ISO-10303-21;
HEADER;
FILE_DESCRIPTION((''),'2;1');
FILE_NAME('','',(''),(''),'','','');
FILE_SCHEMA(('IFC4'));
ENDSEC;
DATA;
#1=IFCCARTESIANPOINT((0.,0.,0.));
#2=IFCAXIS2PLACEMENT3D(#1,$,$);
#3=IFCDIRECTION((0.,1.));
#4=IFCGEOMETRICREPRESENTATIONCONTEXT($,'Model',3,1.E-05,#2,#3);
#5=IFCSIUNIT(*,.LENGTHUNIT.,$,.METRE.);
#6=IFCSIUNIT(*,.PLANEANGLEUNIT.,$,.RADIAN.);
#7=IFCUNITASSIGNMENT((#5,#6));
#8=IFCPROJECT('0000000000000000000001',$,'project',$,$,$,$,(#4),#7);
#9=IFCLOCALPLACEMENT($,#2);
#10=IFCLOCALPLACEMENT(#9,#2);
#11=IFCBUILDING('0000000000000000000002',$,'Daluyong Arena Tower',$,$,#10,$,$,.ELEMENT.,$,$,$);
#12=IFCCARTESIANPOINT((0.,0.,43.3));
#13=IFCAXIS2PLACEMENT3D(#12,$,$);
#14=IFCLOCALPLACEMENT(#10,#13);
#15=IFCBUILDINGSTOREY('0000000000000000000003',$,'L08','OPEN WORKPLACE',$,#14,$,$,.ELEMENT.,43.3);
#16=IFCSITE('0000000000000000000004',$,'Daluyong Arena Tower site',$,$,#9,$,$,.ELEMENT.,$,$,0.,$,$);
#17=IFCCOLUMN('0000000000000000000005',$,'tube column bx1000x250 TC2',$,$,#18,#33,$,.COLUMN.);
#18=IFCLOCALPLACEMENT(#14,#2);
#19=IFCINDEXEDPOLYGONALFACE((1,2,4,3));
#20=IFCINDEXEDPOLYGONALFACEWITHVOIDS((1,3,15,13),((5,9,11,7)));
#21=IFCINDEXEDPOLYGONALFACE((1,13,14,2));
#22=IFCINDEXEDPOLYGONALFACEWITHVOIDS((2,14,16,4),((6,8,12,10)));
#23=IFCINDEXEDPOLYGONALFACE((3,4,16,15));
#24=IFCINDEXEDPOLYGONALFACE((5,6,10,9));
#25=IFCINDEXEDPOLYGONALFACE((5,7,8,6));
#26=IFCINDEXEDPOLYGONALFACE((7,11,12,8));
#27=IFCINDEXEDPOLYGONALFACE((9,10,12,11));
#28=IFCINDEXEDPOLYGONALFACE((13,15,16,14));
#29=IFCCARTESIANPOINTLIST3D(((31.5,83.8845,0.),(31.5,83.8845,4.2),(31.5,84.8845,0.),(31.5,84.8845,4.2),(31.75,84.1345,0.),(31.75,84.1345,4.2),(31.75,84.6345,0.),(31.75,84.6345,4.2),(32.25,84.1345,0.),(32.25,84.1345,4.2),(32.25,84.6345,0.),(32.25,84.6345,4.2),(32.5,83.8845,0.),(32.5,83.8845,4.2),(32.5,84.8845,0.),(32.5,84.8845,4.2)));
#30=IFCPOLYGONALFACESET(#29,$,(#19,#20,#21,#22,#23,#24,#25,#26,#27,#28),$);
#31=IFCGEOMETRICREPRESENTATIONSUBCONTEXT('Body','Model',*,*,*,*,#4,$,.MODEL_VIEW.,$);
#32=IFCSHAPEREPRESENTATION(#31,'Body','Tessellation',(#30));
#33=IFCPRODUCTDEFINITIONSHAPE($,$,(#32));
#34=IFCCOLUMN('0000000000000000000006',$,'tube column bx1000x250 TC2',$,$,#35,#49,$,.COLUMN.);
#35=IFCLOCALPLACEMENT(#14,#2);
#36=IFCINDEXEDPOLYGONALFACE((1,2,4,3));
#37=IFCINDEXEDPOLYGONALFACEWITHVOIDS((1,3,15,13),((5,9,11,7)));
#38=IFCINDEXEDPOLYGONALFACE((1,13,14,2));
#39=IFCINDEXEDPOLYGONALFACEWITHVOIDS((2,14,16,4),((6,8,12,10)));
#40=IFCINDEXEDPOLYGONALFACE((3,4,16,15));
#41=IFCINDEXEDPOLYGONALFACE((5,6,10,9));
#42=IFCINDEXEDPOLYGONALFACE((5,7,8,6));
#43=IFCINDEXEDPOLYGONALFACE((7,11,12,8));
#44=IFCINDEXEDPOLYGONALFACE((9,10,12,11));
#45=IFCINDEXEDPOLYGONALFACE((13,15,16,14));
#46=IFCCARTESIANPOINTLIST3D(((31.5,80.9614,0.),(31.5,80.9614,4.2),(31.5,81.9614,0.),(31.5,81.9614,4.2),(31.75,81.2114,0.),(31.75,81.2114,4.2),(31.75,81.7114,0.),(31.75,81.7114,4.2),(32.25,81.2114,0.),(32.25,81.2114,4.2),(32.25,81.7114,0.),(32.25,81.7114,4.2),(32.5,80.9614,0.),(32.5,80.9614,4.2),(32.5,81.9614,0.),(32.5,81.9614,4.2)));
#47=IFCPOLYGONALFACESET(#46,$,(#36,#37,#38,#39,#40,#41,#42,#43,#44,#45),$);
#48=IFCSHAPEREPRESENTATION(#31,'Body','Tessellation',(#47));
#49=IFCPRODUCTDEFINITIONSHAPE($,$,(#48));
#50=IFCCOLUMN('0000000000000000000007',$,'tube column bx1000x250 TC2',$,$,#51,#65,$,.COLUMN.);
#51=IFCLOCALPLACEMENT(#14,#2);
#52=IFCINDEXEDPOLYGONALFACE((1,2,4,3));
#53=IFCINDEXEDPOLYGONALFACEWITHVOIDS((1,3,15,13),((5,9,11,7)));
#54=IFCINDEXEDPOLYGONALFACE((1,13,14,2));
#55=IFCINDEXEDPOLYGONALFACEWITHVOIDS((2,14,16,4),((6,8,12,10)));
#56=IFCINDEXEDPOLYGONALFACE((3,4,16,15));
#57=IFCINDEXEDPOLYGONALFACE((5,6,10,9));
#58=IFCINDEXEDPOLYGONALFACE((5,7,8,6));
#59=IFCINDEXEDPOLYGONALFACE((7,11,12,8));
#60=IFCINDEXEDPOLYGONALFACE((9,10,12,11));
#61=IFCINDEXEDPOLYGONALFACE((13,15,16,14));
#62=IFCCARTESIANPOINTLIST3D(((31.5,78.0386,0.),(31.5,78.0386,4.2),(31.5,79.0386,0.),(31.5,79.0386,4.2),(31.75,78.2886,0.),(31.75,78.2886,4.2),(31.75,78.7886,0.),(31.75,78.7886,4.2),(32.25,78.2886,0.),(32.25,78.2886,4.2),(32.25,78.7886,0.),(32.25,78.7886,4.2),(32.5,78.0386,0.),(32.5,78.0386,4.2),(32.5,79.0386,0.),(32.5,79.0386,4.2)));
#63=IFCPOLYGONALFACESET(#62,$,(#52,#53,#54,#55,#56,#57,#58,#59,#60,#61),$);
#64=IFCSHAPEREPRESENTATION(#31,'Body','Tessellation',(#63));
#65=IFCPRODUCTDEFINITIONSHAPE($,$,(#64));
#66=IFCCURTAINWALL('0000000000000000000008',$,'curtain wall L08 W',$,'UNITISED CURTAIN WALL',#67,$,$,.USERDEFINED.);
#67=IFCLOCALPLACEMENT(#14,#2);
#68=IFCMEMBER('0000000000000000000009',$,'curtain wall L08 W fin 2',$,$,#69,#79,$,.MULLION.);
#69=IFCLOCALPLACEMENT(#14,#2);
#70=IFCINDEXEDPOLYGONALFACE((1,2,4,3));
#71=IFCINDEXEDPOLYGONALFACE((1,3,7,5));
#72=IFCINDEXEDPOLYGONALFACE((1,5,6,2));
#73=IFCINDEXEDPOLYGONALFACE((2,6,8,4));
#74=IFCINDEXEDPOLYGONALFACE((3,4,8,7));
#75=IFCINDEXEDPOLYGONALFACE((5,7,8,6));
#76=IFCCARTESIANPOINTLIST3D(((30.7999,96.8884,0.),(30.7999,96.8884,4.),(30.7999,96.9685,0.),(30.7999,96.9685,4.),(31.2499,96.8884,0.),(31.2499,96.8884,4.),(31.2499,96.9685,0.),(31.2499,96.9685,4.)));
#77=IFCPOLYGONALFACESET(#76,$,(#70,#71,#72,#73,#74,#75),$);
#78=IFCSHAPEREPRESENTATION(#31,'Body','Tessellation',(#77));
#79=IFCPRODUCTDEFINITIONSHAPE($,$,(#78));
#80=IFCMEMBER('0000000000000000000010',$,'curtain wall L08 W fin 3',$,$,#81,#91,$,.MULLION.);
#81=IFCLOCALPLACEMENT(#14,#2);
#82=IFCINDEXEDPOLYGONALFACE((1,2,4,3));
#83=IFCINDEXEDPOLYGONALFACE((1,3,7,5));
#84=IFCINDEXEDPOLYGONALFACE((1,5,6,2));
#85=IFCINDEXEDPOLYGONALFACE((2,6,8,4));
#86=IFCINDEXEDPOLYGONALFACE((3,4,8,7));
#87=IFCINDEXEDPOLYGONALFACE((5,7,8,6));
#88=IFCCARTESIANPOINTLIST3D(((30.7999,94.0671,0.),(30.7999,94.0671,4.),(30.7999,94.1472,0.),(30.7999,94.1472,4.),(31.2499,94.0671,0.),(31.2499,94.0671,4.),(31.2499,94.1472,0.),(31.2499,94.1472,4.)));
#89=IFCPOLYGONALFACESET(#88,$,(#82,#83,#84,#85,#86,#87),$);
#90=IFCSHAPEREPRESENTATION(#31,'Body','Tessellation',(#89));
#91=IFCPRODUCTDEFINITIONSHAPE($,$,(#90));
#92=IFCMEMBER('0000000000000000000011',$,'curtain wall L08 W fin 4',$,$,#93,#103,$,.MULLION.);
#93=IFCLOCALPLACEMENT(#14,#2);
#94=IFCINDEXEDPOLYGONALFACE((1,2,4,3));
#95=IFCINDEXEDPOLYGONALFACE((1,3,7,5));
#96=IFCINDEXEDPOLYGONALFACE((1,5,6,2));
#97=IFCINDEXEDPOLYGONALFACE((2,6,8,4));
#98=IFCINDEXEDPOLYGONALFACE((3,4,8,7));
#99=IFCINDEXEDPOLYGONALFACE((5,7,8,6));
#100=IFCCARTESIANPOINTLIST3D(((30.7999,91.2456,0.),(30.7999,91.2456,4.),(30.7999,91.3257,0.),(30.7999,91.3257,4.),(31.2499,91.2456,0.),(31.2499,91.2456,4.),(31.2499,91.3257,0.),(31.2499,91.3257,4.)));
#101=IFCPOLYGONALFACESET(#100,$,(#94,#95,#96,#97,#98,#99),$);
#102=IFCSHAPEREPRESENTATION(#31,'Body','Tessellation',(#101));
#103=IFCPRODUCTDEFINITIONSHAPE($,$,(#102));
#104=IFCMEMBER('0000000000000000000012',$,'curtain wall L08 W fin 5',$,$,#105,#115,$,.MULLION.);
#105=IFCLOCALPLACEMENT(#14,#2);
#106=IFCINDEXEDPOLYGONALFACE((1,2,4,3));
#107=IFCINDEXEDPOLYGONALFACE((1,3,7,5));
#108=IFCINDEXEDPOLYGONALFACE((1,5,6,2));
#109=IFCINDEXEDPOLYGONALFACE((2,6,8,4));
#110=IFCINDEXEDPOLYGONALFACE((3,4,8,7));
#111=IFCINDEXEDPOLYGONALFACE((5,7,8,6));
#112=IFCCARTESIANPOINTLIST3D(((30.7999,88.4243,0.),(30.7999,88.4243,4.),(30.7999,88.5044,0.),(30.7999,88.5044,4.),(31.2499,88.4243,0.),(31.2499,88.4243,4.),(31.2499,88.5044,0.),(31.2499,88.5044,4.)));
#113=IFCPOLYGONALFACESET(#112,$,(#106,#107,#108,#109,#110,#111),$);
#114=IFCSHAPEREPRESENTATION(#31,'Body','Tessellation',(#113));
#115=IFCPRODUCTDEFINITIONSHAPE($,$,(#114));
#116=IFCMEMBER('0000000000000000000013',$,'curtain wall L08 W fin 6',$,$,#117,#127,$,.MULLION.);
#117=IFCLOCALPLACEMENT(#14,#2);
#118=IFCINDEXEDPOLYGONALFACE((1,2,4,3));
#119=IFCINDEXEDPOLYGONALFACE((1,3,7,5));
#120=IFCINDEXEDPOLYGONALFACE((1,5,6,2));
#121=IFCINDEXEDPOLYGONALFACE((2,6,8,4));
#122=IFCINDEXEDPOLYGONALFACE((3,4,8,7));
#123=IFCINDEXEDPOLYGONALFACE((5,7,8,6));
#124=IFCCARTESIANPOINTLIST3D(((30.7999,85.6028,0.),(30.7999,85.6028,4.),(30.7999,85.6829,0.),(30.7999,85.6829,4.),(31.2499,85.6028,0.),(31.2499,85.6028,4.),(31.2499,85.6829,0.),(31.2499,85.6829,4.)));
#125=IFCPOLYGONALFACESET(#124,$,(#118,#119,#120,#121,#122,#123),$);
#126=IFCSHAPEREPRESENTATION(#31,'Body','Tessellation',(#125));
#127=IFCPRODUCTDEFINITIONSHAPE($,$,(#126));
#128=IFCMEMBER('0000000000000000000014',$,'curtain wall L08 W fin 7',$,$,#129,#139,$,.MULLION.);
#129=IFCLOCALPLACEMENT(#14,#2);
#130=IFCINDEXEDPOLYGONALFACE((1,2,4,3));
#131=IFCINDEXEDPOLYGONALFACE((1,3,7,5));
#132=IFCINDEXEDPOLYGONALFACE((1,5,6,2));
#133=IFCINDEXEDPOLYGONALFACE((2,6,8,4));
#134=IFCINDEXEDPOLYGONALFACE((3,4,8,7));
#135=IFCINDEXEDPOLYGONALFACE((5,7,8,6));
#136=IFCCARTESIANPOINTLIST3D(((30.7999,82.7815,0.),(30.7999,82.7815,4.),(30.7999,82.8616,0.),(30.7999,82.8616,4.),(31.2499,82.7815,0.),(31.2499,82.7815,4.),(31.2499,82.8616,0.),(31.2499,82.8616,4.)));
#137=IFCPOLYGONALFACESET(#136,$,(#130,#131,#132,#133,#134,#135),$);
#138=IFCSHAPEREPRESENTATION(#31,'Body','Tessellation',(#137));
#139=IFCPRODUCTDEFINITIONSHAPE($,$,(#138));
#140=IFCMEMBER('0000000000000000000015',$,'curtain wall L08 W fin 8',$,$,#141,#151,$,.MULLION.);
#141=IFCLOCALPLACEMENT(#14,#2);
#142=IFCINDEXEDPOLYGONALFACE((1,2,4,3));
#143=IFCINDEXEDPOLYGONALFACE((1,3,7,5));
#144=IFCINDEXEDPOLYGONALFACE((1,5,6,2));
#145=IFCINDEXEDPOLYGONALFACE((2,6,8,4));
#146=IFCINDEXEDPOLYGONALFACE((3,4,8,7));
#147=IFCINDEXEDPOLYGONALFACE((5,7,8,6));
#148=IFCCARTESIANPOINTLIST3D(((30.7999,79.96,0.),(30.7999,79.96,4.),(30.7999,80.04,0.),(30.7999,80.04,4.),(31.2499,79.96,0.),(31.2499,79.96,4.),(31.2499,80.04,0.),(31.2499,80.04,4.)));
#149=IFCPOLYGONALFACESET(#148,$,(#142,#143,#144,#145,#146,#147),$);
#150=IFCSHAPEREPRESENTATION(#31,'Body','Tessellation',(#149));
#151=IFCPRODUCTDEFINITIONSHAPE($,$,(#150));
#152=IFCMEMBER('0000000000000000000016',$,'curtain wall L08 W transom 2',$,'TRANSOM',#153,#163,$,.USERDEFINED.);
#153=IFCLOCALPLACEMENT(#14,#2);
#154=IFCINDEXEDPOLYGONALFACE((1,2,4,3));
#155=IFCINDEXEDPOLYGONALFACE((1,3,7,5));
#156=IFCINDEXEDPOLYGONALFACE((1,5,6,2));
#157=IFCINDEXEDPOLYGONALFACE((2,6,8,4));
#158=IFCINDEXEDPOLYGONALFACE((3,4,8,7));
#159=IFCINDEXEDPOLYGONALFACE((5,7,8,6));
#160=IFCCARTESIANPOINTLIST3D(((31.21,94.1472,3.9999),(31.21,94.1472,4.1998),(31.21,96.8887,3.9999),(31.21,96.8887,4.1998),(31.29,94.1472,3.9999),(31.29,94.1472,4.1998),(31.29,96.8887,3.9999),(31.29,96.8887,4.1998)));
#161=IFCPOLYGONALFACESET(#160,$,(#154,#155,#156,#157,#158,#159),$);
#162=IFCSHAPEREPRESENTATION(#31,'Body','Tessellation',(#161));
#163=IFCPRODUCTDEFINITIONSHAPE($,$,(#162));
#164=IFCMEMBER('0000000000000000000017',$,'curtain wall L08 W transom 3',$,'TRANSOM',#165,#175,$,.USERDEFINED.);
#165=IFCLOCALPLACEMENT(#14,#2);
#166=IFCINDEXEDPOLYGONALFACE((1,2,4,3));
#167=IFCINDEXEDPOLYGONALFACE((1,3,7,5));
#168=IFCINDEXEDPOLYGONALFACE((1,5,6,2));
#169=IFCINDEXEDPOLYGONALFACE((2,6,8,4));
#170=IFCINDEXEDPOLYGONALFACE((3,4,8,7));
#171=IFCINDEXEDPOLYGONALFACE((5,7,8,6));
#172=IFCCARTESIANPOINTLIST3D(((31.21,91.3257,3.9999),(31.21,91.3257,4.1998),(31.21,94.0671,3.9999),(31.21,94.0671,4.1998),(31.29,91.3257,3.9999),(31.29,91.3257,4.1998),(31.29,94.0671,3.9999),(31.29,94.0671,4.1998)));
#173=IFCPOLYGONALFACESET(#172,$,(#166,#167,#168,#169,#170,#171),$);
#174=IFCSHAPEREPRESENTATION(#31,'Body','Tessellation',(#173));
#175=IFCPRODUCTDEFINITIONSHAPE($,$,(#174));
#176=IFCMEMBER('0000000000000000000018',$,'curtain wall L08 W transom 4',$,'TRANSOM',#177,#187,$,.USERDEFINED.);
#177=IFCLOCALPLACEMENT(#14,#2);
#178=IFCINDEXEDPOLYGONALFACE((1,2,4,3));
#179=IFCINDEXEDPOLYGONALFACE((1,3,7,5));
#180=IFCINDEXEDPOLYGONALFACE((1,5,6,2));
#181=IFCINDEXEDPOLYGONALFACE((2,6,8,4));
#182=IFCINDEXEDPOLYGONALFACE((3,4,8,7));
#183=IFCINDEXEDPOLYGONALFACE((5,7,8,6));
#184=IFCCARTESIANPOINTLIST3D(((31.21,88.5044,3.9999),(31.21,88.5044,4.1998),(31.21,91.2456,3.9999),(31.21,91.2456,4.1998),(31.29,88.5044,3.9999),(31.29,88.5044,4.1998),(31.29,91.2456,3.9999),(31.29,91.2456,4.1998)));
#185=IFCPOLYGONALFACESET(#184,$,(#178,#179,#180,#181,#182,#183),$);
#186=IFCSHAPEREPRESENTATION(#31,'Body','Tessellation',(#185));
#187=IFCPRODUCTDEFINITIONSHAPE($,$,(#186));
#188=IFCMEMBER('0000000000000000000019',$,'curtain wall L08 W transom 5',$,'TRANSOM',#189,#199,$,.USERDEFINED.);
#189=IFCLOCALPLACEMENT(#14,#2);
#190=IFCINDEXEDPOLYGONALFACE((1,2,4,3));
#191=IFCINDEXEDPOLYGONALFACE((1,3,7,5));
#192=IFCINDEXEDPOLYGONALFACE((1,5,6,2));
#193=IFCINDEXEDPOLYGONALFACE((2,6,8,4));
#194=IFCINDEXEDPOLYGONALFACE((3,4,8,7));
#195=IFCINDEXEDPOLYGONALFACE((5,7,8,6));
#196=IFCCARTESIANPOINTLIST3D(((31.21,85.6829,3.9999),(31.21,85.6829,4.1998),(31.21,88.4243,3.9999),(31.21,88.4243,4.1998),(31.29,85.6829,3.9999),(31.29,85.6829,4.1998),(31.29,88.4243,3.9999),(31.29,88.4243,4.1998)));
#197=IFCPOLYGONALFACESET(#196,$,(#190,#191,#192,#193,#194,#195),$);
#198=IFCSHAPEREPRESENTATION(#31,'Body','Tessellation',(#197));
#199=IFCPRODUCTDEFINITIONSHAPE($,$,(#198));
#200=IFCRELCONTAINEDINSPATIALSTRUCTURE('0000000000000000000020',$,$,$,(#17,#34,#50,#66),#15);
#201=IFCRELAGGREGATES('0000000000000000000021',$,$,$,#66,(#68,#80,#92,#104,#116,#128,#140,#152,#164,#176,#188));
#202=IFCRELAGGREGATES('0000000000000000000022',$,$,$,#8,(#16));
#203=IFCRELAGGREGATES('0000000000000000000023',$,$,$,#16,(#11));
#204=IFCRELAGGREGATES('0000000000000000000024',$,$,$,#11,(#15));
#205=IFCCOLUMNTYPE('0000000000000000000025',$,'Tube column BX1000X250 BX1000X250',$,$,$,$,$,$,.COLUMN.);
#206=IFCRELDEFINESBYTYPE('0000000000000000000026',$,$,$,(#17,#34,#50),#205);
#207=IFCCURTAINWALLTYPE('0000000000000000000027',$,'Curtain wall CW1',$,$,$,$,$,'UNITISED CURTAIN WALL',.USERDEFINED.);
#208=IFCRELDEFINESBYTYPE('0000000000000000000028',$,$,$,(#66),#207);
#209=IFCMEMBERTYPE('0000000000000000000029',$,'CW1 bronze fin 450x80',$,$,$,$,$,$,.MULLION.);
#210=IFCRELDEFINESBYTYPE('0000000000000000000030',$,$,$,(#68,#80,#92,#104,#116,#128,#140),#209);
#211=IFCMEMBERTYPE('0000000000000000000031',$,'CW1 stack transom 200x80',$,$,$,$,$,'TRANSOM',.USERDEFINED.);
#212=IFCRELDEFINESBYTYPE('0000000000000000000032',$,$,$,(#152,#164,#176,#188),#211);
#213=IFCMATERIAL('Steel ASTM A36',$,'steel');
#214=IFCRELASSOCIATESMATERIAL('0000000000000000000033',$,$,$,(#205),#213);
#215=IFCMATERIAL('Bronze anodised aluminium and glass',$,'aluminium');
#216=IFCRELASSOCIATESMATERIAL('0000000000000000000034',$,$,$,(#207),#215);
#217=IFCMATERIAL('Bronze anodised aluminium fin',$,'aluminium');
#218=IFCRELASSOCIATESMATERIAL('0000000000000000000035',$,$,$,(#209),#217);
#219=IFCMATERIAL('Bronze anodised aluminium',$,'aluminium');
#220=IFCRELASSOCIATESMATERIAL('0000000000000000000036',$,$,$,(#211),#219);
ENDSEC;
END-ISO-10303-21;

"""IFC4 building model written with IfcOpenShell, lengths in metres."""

from ifc_helpers import new_model, si_unit, direction, frame, origin, origin_2d, place, context, subcontext, project, spatial, rectangle, hollow_rectangle, extrude, material, material_profile, profile_set, type_object, element, aggregate, save


model = new_model("IFC4")

# Units and contexts
model_context = context("Model", 3, precision=1e-05, world=origin(), true_north=direction((0.0, 1.0)))
body_context = subcontext(model_context, "Body", "Model", "MODEL_VIEW")
ifc_project = project(units=[si_unit("LENGTHUNIT", "METRE"), si_unit("PLANEANGLEUNIT", "RADIAN")], contexts=[model_context])

# Site, building, storey
site_placement = place(None, origin())
site = spatial("IfcSite", under=ifc_project, at=site_placement, Name="Daluyong Arena Tower site", CompositionType="ELEMENT", RefElevation=0.0)
building_placement = place(site_placement, origin())
building = spatial("IfcBuilding", under=site, at=building_placement, Name="Daluyong Arena Tower", CompositionType="ELEMENT")
storey_placement = place(building_placement, frame((0.0, 0.0, 43.3)))
storey = spatial("IfcBuildingStorey", under=building, at=storey_placement, Name="L08", Description="OPEN WORKPLACE", CompositionType="ELEMENT", Elevation=43.3)

# Columns
ifc_material_1 = material(Name="Steel ASTM A36", Category="steel")
ifc_material_profile_1 = material_profile(ifc_material_1, hollow_rectangle(XDim=1.0, YDim=1.0, WallThickness=0.25, at=origin_2d()))
ifc_profile_set_1 = profile_set([ifc_material_profile_1], Name="Steel ASTM A36")
column_type = type_object("IfcColumnType", Name="Tube column BX1000X250 BX1000X250", PredefinedType="COLUMN", material=ifc_profile_set_1)
for number, where, z_axis, x_axis, name in (
    (1, (32.0, 84.3845, 0.0), (0.0, 0.0, 1.0), (0.0, 1.0, 0.0), "tube column bx1000x250 TC2"),
    (2, (32.0, 81.4614, 0.0), (0.0, 0.0, 1.0), (0.0, 1.0, 0.0), "tube column bx1000x250 TC2"),
    (3, (32.0, 78.5386, 0.0), (0.0, 0.0, 1.0), (0.0, 1.0, 0.0), "tube column bx1000x250 TC2"),
):
    element("IfcColumn", number, at=place(storey_placement, frame(where, z_axis=z_axis, x_axis=x_axis)), inside=storey, type_object=column_type, Name=name, PredefinedType="COLUMN", context=body_context, shape_type="SweptSolid", body=[
        extrude(hollow_rectangle(XDim=1.0, YDim=1.0, WallThickness=0.25, at=origin_2d()), origin(), (0.0, 0.0, 1.0), 4.2),
    ])

# Curtain wall, members
ifc_material_2 = material(Name="Bronze anodised aluminium and glass", Category="aluminium")
curtain_wall_type = type_object("IfcCurtainWallType", Name="Curtain wall CW1", ElementType="UNITISED CURTAIN WALL", PredefinedType="USERDEFINED", material=ifc_material_2)
curtain_wall_placement = place(storey_placement, origin())
curtain_wall = element("IfcCurtainWall", 4, at=curtain_wall_placement, inside=storey, type_object=curtain_wall_type, Name="curtain wall L08 W", ObjectType="UNITISED CURTAIN WALL", PredefinedType="USERDEFINED")
ifc_material_3 = material(Name="Bronze anodised aluminium fin", Category="aluminium")
ifc_material_profile_2 = material_profile(ifc_material_3, rectangle(XDim=0.45, YDim=0.0801, at=origin_2d()))
ifc_profile_set_2 = profile_set([ifc_material_profile_2], Name="Bronze anodised aluminium fin")
member_type_1 = type_object("IfcMemberType", Name="CW1 bronze fin 450x80", PredefinedType="MULLION", material=ifc_profile_set_2)
member_1_placement = place(storey_placement, frame((31.0249, 96.9285, 0.0), z_axis=(0.0, 0.0, 1.0), x_axis=(1.0, 0.0, 0.0)))
member_1 = element("IfcMember", 5, at=member_1_placement, type_object=member_type_1, Name="curtain wall L08 W fin 2", PredefinedType="MULLION", context=body_context, shape_type="SweptSolid", body=[
    extrude(rectangle(XDim=0.45, YDim=0.0801, at=origin_2d()), origin(), (0.0, 0.0, 1.0), 4.0),
])
member_2_placement = place(storey_placement, frame((31.0249, 94.1072, 0.0), z_axis=(0.0, 0.0, 1.0), x_axis=(1.0, 0.0, 0.0)))
member_2 = element("IfcMember", 6, at=member_2_placement, type_object=member_type_1, Name="curtain wall L08 W fin 3", PredefinedType="MULLION", context=body_context, shape_type="SweptSolid", body=[
    extrude(rectangle(XDim=0.45, YDim=0.0801, at=origin_2d()), origin(), (0.0, 0.0, 1.0), 4.0),
])
member_3_placement = place(storey_placement, frame((31.0249, 91.2856, 0.0), z_axis=(0.0, 0.0, 1.0), x_axis=(1.0, 0.0, 0.0)))
member_3 = element("IfcMember", 7, at=member_3_placement, type_object=member_type_1, Name="curtain wall L08 W fin 4", PredefinedType="MULLION", context=body_context, shape_type="SweptSolid", body=[
    extrude(rectangle(XDim=0.45, YDim=0.0801, at=origin_2d()), origin(), (0.0, 0.0, 1.0), 4.0),
])
member_4_placement = place(storey_placement, frame((31.0249, 88.4644, 0.0), z_axis=(0.0, 0.0, 1.0), x_axis=(1.0, 0.0, 0.0)))
member_4 = element("IfcMember", 8, at=member_4_placement, type_object=member_type_1, Name="curtain wall L08 W fin 5", PredefinedType="MULLION", context=body_context, shape_type="SweptSolid", body=[
    extrude(rectangle(XDim=0.45, YDim=0.0801, at=origin_2d()), origin(), (0.0, 0.0, 1.0), 4.0),
])
member_5_placement = place(storey_placement, frame((31.0249, 85.6428, 0.0), z_axis=(0.0, 0.0, 1.0), x_axis=(1.0, 0.0, 0.0)))
member_5 = element("IfcMember", 9, at=member_5_placement, type_object=member_type_1, Name="curtain wall L08 W fin 6", PredefinedType="MULLION", context=body_context, shape_type="SweptSolid", body=[
    extrude(rectangle(XDim=0.45, YDim=0.0801, at=origin_2d()), origin(), (0.0, 0.0, 1.0), 4.0),
])
member_6_placement = place(storey_placement, frame((31.0249, 82.8215, 0.0), z_axis=(0.0, 0.0, 1.0), x_axis=(1.0, 0.0, 0.0)))
member_6 = element("IfcMember", 10, at=member_6_placement, type_object=member_type_1, Name="curtain wall L08 W fin 7", PredefinedType="MULLION", context=body_context, shape_type="SweptSolid", body=[
    extrude(rectangle(XDim=0.45, YDim=0.0801, at=origin_2d()), origin(), (0.0, 0.0, 1.0), 4.0),
])
member_7_placement = place(storey_placement, frame((31.0249, 80.0, 0.0), z_axis=(0.0, 0.0, 1.0), x_axis=(1.0, 0.0, 0.0)))
member_7 = element("IfcMember", 11, at=member_7_placement, type_object=member_type_1, Name="curtain wall L08 W fin 8", PredefinedType="MULLION", context=body_context, shape_type="SweptSolid", body=[
    extrude(rectangle(XDim=0.45, YDim=0.0801, at=origin_2d()), origin(), (0.0, 0.0, 1.0), 4.0),
])
ifc_material_4 = material(Name="Bronze anodised aluminium", Category="aluminium")
ifc_material_profile_3 = material_profile(ifc_material_4, rectangle(XDim=0.0801, YDim=0.2, at=origin_2d()))
ifc_profile_set_3 = profile_set([ifc_material_profile_3], Name="Bronze anodised aluminium")
member_type_2 = type_object("IfcMemberType", Name="CW1 stack transom 200x80", ElementType="TRANSOM", PredefinedType="USERDEFINED", material=ifc_profile_set_3)
member_8_placement = place(storey_placement, frame((31.25, 96.8887, 4.0999), z_axis=(0.0, -1.0, 0.0), x_axis=(1.0, 0.0, 0.0)))
member_8 = element("IfcMember", 12, at=member_8_placement, type_object=member_type_2, Name="curtain wall L08 W transom 2", ObjectType="TRANSOM", PredefinedType="USERDEFINED", context=body_context, shape_type="SweptSolid", body=[
    extrude(rectangle(XDim=0.0801, YDim=0.2, at=origin_2d()), origin(), (0.0, 0.0, 1.0), 2.7415),
])
member_9_placement = place(storey_placement, frame((31.25, 94.0671, 4.0999), z_axis=(0.0, -1.0, 0.0), x_axis=(1.0, 0.0, 0.0)))
member_9 = element("IfcMember", 13, at=member_9_placement, type_object=member_type_2, Name="curtain wall L08 W transom 3", ObjectType="TRANSOM", PredefinedType="USERDEFINED", context=body_context, shape_type="SweptSolid", body=[
    extrude(rectangle(XDim=0.0801, YDim=0.2, at=origin_2d()), origin(), (0.0, 0.0, 1.0), 2.7415),
])
member_10_placement = place(storey_placement, frame((31.25, 91.2456, 4.0999), z_axis=(0.0, -1.0, 0.0), x_axis=(1.0, 0.0, 0.0)))
member_10 = element("IfcMember", 14, at=member_10_placement, type_object=member_type_2, Name="curtain wall L08 W transom 4", ObjectType="TRANSOM", PredefinedType="USERDEFINED", context=body_context, shape_type="SweptSolid", body=[
    extrude(rectangle(XDim=0.0801, YDim=0.2, at=origin_2d()), origin(), (0.0, 0.0, 1.0), 2.7412),
])
member_11_placement = place(storey_placement, frame((31.25, 88.4243, 4.0999), z_axis=(0.0, -1.0, 0.0), x_axis=(1.0, 0.0, 0.0)))
member_11 = element("IfcMember", 15, at=member_11_placement, type_object=member_type_2, Name="curtain wall L08 W transom 5", ObjectType="TRANSOM", PredefinedType="USERDEFINED", context=body_context, shape_type="SweptSolid", body=[
    extrude(rectangle(XDim=0.0801, YDim=0.2, at=origin_2d()), origin(), (0.0, 0.0, 1.0), 2.7415),
])

aggregate(curtain_wall, [member_1, member_2, member_3, member_4, member_5, member_6, member_7, member_8, member_9, member_10, member_11])

save(model, "model.ifc")
